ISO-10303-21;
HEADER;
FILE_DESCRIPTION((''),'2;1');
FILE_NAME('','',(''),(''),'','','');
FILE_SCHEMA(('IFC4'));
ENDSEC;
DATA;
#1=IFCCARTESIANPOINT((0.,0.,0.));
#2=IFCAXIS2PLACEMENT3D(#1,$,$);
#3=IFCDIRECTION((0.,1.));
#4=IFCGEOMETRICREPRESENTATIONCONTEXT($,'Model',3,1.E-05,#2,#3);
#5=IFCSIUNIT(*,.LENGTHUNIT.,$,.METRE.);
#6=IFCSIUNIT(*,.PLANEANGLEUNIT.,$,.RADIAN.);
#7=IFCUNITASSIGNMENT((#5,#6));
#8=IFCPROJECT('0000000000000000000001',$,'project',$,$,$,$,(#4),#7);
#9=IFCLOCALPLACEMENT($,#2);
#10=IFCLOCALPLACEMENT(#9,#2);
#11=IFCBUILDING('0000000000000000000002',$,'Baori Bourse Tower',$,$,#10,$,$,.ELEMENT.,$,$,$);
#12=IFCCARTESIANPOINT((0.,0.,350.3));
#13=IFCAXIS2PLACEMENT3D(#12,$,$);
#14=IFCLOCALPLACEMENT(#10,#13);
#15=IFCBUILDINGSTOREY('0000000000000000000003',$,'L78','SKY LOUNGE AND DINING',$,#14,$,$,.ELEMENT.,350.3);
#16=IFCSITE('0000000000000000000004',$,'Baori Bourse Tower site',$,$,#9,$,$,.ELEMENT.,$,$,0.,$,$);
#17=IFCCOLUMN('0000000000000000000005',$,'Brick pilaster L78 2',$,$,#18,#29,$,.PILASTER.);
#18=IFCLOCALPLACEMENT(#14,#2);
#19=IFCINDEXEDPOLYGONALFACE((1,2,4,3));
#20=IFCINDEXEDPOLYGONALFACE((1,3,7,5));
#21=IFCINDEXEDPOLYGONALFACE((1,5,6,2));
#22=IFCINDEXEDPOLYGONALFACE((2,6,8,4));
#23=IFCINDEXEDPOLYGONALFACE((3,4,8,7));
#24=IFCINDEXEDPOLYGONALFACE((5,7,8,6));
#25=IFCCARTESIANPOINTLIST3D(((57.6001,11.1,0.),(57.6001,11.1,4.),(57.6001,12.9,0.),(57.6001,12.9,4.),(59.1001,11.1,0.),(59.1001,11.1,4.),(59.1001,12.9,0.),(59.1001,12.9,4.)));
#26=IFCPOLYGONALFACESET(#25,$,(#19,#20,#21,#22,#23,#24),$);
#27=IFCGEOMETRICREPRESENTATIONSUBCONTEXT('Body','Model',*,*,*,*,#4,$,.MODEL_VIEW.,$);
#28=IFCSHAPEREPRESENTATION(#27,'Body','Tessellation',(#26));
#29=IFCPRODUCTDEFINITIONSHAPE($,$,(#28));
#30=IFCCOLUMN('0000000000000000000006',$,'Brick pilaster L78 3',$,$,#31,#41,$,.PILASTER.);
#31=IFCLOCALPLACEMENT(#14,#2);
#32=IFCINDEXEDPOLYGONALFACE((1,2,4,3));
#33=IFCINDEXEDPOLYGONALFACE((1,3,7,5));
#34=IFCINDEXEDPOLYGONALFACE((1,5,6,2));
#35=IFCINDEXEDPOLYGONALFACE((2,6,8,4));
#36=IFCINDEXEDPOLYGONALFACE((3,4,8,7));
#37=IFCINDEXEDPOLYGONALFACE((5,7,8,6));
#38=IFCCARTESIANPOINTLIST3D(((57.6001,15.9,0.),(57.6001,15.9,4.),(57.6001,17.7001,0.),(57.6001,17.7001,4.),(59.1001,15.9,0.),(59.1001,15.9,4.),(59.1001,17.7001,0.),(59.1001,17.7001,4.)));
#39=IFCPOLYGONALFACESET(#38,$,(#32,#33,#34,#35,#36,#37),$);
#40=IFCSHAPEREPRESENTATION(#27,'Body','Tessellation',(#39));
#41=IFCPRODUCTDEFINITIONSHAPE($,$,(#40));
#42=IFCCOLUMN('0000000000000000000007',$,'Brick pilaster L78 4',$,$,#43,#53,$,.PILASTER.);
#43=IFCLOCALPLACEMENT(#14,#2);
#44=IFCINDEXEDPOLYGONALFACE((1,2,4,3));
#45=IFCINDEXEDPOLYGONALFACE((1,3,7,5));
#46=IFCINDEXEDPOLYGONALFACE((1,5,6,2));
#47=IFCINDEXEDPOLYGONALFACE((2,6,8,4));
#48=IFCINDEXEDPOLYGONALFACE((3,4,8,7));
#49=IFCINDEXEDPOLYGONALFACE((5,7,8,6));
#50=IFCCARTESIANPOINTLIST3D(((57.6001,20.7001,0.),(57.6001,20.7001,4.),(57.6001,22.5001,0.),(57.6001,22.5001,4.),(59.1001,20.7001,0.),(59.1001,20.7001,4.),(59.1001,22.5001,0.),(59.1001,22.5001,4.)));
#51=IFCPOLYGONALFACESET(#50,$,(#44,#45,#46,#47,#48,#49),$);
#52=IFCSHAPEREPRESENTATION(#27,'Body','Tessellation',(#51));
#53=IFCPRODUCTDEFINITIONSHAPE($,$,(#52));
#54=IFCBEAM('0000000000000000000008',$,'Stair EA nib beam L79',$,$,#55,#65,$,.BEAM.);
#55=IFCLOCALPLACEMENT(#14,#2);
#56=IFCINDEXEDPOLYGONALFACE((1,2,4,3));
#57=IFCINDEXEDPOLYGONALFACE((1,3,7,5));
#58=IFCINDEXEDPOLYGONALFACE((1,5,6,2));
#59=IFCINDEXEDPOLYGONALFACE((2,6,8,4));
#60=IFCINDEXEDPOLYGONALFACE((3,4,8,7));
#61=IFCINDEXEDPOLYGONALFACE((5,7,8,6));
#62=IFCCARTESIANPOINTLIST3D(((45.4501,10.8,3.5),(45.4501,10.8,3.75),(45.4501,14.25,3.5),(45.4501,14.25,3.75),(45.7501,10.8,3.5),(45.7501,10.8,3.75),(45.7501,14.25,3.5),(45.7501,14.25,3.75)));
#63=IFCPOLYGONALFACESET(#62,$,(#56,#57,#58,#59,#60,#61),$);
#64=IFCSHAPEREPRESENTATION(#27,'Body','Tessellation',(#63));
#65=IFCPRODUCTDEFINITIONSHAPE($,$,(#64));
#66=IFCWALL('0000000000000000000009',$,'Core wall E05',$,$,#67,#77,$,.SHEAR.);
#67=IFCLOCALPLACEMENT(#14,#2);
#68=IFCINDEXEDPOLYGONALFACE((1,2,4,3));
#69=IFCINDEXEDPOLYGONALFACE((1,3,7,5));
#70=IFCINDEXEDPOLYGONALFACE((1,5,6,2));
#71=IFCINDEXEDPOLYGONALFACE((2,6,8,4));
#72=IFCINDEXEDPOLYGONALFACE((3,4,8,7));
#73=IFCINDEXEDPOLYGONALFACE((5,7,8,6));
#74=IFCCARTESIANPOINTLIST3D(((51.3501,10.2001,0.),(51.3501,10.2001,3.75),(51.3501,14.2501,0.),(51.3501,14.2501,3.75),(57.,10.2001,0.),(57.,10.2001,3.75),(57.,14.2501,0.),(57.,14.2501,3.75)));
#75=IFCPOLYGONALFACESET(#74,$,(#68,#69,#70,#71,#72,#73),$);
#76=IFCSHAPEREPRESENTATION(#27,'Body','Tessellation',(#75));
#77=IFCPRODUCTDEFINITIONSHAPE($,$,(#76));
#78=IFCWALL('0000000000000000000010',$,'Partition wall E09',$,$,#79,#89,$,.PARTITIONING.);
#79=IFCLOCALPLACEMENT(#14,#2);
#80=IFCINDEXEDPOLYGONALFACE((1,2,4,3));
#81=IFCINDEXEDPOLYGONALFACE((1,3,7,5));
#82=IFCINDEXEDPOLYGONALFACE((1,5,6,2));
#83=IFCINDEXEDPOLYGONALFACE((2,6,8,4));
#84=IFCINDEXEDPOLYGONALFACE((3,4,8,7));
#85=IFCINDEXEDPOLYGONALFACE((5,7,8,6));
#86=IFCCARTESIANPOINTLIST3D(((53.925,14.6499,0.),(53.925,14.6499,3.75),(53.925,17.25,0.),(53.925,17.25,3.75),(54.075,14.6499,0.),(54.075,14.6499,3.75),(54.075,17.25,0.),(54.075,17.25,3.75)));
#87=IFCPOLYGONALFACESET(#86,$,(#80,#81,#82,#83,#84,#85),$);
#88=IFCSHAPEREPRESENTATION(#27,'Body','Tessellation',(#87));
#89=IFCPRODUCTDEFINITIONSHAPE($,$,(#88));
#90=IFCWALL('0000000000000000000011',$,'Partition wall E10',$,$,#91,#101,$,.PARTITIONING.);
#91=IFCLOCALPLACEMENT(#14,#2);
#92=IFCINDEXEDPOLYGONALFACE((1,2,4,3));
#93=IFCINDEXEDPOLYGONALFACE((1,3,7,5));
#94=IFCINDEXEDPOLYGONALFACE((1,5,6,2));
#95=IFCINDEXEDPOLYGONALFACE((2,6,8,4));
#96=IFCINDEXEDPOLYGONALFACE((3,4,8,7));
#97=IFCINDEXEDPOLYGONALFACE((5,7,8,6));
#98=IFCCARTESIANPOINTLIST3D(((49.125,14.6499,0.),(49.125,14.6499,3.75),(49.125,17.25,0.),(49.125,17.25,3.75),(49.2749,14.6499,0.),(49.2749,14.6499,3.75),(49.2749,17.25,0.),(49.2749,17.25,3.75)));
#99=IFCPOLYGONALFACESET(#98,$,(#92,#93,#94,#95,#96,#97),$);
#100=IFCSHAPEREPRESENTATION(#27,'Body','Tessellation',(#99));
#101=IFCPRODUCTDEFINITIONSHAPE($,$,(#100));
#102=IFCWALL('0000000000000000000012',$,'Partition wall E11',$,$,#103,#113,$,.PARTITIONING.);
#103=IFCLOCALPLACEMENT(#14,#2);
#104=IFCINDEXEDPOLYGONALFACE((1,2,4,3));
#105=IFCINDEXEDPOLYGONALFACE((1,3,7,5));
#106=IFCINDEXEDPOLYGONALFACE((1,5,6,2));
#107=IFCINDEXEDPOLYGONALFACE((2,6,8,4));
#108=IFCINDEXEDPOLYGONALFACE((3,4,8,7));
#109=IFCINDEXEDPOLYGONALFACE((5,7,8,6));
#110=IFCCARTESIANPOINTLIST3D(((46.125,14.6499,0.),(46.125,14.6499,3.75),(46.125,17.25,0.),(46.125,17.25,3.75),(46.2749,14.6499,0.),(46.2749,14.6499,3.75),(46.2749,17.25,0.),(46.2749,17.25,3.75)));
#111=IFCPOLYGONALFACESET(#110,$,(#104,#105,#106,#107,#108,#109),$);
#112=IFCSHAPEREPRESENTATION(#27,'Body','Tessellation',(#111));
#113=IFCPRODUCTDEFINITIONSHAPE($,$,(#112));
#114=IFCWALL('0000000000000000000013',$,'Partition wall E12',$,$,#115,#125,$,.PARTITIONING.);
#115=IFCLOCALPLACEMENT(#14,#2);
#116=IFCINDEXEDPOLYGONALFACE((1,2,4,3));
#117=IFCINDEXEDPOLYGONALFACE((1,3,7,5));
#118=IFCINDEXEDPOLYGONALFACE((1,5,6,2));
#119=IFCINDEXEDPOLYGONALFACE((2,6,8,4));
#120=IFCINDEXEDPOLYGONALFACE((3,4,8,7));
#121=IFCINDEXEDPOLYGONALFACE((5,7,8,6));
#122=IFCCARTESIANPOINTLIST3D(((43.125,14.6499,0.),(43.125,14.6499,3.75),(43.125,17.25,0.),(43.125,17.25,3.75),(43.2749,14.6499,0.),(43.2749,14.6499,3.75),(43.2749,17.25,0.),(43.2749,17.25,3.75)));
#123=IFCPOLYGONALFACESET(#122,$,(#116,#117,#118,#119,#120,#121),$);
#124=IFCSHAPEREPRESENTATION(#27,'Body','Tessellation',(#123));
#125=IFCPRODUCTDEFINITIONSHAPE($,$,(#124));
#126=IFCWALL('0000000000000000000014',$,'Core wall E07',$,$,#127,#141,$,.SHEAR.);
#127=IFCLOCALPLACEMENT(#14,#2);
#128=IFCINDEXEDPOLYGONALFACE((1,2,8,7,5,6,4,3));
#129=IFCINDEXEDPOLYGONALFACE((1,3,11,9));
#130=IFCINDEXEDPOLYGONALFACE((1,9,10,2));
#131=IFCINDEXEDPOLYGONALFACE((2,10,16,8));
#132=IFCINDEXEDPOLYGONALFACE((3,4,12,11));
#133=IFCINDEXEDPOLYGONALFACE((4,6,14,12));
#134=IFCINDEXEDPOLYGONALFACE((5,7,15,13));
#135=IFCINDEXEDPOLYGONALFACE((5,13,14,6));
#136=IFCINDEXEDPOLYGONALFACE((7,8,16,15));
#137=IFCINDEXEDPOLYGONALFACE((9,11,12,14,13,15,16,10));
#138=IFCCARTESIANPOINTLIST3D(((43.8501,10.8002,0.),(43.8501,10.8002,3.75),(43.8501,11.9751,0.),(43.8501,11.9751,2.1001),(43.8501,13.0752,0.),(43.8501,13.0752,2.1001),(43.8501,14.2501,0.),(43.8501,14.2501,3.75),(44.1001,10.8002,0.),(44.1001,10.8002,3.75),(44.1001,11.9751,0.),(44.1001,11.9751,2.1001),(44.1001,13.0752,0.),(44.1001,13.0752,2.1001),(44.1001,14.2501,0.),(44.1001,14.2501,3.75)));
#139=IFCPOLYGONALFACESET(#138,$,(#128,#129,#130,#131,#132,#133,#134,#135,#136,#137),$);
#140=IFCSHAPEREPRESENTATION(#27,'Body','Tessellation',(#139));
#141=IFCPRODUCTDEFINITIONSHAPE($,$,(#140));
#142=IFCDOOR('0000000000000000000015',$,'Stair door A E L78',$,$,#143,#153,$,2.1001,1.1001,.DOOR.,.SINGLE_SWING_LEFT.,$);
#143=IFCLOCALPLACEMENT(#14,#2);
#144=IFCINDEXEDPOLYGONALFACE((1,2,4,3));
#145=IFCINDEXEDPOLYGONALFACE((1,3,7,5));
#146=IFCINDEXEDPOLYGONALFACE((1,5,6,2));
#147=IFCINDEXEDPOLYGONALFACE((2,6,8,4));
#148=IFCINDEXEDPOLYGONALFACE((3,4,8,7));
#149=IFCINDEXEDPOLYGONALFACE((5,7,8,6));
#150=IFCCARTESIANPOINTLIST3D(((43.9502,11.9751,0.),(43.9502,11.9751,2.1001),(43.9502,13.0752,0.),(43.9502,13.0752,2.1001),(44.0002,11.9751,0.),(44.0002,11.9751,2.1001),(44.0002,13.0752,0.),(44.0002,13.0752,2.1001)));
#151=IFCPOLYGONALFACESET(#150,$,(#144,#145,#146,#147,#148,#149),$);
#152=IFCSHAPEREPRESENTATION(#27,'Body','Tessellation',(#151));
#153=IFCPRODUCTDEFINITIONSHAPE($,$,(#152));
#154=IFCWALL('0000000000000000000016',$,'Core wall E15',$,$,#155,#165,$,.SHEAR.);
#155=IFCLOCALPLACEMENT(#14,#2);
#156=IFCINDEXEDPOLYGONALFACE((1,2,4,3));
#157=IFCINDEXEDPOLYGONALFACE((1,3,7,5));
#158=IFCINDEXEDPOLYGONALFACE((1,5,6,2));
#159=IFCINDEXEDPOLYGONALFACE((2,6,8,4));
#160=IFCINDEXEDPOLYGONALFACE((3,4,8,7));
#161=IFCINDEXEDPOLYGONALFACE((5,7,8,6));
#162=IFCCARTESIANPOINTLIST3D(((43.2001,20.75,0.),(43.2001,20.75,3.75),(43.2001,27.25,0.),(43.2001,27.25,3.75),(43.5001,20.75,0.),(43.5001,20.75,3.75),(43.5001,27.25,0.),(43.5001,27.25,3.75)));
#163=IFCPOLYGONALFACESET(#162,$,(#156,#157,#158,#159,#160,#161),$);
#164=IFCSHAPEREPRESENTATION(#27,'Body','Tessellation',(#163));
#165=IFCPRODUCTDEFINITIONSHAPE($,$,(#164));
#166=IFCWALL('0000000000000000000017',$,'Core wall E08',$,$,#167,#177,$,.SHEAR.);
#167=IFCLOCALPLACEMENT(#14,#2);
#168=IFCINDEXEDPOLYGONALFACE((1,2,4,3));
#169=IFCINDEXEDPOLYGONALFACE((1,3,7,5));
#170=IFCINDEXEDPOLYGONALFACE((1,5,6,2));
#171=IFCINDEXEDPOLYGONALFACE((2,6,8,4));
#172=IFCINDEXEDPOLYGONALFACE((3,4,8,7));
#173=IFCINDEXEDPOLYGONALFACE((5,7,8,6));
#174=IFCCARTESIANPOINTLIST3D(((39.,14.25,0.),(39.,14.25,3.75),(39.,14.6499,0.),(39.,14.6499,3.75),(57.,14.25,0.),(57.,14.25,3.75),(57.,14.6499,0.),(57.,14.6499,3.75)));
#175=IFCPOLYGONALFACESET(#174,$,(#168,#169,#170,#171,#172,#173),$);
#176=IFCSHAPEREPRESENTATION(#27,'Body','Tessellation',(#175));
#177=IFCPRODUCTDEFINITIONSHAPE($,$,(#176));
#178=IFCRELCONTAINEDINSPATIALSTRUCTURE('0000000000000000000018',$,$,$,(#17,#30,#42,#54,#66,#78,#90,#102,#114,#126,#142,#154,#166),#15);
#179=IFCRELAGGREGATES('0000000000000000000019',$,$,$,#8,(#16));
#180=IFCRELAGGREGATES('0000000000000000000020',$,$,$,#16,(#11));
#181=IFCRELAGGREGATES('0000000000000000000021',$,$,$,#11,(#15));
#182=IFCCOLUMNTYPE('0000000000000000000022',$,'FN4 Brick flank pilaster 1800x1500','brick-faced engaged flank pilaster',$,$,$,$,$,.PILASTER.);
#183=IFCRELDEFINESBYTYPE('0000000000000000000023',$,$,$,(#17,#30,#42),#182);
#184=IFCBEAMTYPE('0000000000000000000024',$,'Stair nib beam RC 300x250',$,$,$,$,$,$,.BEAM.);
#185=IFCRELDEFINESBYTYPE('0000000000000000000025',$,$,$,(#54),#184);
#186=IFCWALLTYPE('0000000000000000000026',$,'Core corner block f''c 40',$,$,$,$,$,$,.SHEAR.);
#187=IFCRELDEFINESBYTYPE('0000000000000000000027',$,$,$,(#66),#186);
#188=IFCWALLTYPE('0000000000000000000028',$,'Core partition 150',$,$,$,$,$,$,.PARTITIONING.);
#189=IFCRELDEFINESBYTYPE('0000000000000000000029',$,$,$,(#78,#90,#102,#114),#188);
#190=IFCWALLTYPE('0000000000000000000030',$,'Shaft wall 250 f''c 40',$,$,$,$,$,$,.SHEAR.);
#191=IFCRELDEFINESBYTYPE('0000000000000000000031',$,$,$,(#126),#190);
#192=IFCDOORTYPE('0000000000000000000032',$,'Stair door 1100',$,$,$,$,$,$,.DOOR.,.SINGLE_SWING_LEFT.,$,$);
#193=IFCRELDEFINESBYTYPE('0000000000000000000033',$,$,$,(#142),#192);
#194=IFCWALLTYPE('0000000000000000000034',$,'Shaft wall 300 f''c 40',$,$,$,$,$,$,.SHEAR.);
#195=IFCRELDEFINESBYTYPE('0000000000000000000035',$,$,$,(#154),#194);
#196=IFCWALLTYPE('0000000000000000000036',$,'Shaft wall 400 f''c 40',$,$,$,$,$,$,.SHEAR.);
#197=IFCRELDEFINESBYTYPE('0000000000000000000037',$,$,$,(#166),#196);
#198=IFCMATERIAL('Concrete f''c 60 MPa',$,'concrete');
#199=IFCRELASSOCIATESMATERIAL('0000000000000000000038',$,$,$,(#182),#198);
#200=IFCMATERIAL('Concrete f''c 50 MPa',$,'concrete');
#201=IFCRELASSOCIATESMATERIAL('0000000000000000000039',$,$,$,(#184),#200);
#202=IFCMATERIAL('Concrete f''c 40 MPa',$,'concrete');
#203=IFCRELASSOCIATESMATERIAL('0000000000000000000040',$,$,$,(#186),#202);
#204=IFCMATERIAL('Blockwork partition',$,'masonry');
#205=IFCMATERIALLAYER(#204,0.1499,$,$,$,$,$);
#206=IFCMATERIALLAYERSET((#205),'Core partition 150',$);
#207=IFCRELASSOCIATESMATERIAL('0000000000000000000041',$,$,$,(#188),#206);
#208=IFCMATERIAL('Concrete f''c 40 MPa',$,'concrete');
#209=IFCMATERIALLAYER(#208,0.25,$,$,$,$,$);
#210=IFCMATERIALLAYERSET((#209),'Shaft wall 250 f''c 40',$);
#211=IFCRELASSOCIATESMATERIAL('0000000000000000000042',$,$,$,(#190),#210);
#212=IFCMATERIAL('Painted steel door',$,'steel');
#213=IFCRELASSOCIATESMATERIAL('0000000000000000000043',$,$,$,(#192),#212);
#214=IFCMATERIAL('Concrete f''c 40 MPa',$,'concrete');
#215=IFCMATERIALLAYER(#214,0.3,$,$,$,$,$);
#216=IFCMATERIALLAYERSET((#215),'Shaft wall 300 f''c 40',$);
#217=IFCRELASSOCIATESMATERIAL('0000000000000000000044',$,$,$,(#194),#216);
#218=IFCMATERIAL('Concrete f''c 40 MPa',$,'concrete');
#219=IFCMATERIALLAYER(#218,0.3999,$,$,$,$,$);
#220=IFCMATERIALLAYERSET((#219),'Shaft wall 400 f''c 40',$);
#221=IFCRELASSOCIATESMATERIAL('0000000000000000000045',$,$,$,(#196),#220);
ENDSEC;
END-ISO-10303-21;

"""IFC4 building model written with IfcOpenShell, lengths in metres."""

from ifc_helpers import new_model, si_unit, direction, frame, frame_2d, origin, origin_2d, place, context, subcontext, project, spatial, rectangle, extrude, material, layer, layer_set, material_profile, profile_set, type_object, element, fill, save


model = new_model("IFC4")

# Units and contexts
model_context = context("Model", 3, precision=1e-05, world=origin(), true_north=direction((0.0, 1.0)))
body_context = subcontext(model_context, "Body", "Model", "MODEL_VIEW")
ifc_project = project(units=[si_unit("LENGTHUNIT", "METRE"), si_unit("PLANEANGLEUNIT", "RADIAN")], contexts=[model_context])

# Site, building, storey
site_placement = place(None, origin())
site = spatial("IfcSite", under=ifc_project, at=site_placement, Name="Baori Bourse Tower site", CompositionType="ELEMENT", RefElevation=0.0)
building_placement = place(site_placement, origin())
building = spatial("IfcBuilding", under=site, at=building_placement, Name="Baori Bourse Tower", CompositionType="ELEMENT")
storey_placement = place(building_placement, frame((0.0, 0.0, 350.3)))
storey = spatial("IfcBuildingStorey", under=building, at=storey_placement, Name="L78", Description="SKY LOUNGE AND DINING", CompositionType="ELEMENT", Elevation=350.3)

# Columns
ifc_material_1 = material(Name="Concrete f'c 60 MPa", Category="concrete")
ifc_material_profile_1 = material_profile(ifc_material_1, rectangle(XDim=1.8, YDim=1.5, at=origin_2d()), Name="RC 1800x1500")
ifc_profile_set_1 = profile_set([ifc_material_profile_1], Name="Concrete f'c 60 MPa")
column_type = type_object("IfcColumnType", Name="FN4 Brick flank pilaster 1800x1500", Description="brick-faced engaged flank pilaster", PredefinedType="PILASTER", material=ifc_profile_set_1)
for number, where, z_axis, x_axis, name in (
    (1, (58.3501, 12.0, 0.0), (0.0, 0.0, 1.0), (0.0, 1.0, 0.0), "Brick pilaster L78 2"),
    (2, (58.3501, 16.8, 0.0), (0.0, 0.0, 1.0), (0.0, 1.0, 0.0), "Brick pilaster L78 3"),
    (3, (58.3501, 21.6001, 0.0), (0.0, 0.0, 1.0), (0.0, 1.0, 0.0), "Brick pilaster L78 4"),
):
    element("IfcColumn", number, at=place(storey_placement, frame(where, z_axis=z_axis, x_axis=x_axis)), inside=storey, type_object=column_type, Name=name, PredefinedType="PILASTER", context=body_context, shape_type="SweptSolid", body=[
        extrude(rectangle(XDim=1.8, YDim=1.5, at=origin_2d()), origin(), (0.0, 0.0, 1.0), 4.0),
    ])

# Beam
ifc_material_2 = material(Name="Concrete f'c 50 MPa", Category="concrete")
ifc_material_profile_2 = material_profile(ifc_material_2, rectangle(XDim=0.3, YDim=0.25, at=origin_2d()), Name="RC 300x250")
ifc_profile_set_2 = profile_set([ifc_material_profile_2], Name="Concrete f'c 50 MPa")
beam_type = type_object("IfcBeamType", Name="Stair nib beam RC 300x250", PredefinedType="BEAM", material=ifc_profile_set_2)
beam_placement = place(storey_placement, frame((45.6001, 10.8, 3.625), z_axis=(0.0, 1.0, 0.0), x_axis=(-1.0, 0.0, 0.0)))
element("IfcBeam", 4, at=beam_placement, inside=storey, type_object=beam_type, Name="Stair EA nib beam L79", PredefinedType="BEAM", context=body_context, shape_type="SweptSolid", body=[
    extrude(rectangle(XDim=0.3, YDim=0.25, at=origin_2d()), origin(), (0.0, 0.0, 1.0), 3.45),
])

# Walls
ifc_material_3 = material(Name="Concrete f'c 40 MPa", Category="concrete")
wall_type_1 = type_object("IfcWallType", Name="Core corner block f'c 40", PredefinedType="SHEAR", material=ifc_material_3)
wall_1_placement = place(storey_placement, frame((51.3501, 12.2251, 0.0), z_axis=(0.0, 0.0, 1.0), x_axis=(1.0, 0.0, 0.0)))
element("IfcWall", 5, at=wall_1_placement, inside=storey, type_object=wall_type_1, Name="Core wall E05", PredefinedType="SHEAR", context=body_context, shape_type="SweptSolid", body=[
    extrude(rectangle(XDim=5.6499, YDim=4.05, at=frame_2d((2.825, 0.0))), origin(), (0.0, 0.0, 1.0), 3.75),
])
ifc_material_4 = material(Name="Blockwork partition", Category="masonry")
ifc_layer_1 = layer(ifc_material_4, 0.1499)
ifc_layer_set_1 = layer_set([ifc_layer_1], Name="Core partition 150")
wall_type_2 = type_object("IfcWallType", Name="Core partition 150", PredefinedType="PARTITIONING", material=ifc_layer_set_1)
for number, where, z_axis, x_axis, name in (
    (6, (54.0, 14.6499, 0.0), (0.0, 0.0, 1.0), (0.0, 1.0, 0.0), "Partition wall E09"),
    (7, (49.2, 14.6499, 0.0), (0.0, 0.0, 1.0), (0.0, 1.0, 0.0), "Partition wall E10"),
    (8, (46.2, 14.6499, 0.0), (0.0, 0.0, 1.0), (0.0, 1.0, 0.0), "Partition wall E11"),
    (9, (43.2, 14.6499, 0.0), (0.0, 0.0, 1.0), (0.0, 1.0, 0.0), "Partition wall E12"),
):
    element("IfcWall", number, at=place(storey_placement, frame(where, z_axis=z_axis, x_axis=x_axis)), inside=storey, type_object=wall_type_2, Name=name, PredefinedType="PARTITIONING", context=body_context, shape_type="SweptSolid", body=[
        extrude(rectangle(XDim=2.6001, YDim=0.1499, at=frame_2d((1.3, 0.0))), origin(), (0.0, 0.0, 1.0), 3.75),
    ])

# Wall, opening, door
ifc_material_5 = material(Name="Concrete f'c 40 MPa", Category="concrete")
ifc_layer_2 = layer(ifc_material_5, 0.25)
ifc_layer_set_2 = layer_set([ifc_layer_2], Name="Shaft wall 250 f'c 40")
wall_type_3 = type_object("IfcWallType", Name="Shaft wall 250 f'c 40", PredefinedType="SHEAR", material=ifc_layer_set_2)
wall_2_placement = place(storey_placement, frame((43.9751, 10.8, 0.0), z_axis=(0.0, 0.0, 1.0), x_axis=(0.0, 1.0, 0.0)))
wall_2 = element("IfcWall", 10, at=wall_2_placement, inside=storey, type_object=wall_type_3, Name="Core wall E07", PredefinedType="SHEAR", context=body_context, shape_type="SweptSolid", body=[
    extrude(rectangle(XDim=3.45, YDim=0.25, at=frame_2d((1.7251, 0.0))), origin(), (0.0, 0.0, 1.0), 3.75),
])
opening_1_placement = place(wall_2_placement, frame((1.175, 0.0, 0.0)))
opening_1 = element("IfcOpeningElement", 11, at=opening_1_placement, cuts=wall_2, PredefinedType="OPENING", context=body_context, shape_type="SweptSolid", body=[
    extrude(rectangle(XDim=1.1001, YDim=2.1001, at=frame_2d((0.55, 1.05))), frame((0.0, 0.135, 0.0), z_axis=(0.0, -1.0, 0.0), x_axis=(1.0, 0.0, 0.0)), (0.0, 0.0, 1.0), 0.27),
])
ifc_material_6 = material(Name="Painted steel door", Category="steel")
door_type_1 = type_object("IfcDoorType", Name="Stair door 1100", OperationType="SINGLE_SWING_LEFT", PredefinedType="DOOR", material=ifc_material_6)
door_1_placement = place(opening_1_placement, origin())
door_1 = element("IfcDoor", 12, at=door_1_placement, inside=storey, type_object=door_type_1, Name="Stair door A E L78", OperationType="SINGLE_SWING_LEFT", OverallHeight=2.1001, OverallWidth=1.1001, PredefinedType="DOOR", context=body_context, shape_type="SweptSolid", body=[
    extrude(rectangle(XDim=1.1001, YDim=2.1001, at=frame_2d((0.55, 1.05))), frame((0.0, 0.0249, 0.0), z_axis=(0.0, -1.0, 0.0), x_axis=(1.0, 0.0, 0.0)), (0.0, 0.0, 1.0), 0.05),
])
fill(opening_1, door_1)

# Walls
ifc_material_7 = material(Name="Concrete f'c 40 MPa", Category="concrete")
ifc_layer_3 = layer(ifc_material_7, 0.3)
ifc_layer_set_3 = layer_set([ifc_layer_3], Name="Shaft wall 300 f'c 40")
wall_type_4 = type_object("IfcWallType", Name="Shaft wall 300 f'c 40", PredefinedType="SHEAR", material=ifc_layer_set_3)
wall_3_placement = place(storey_placement, frame((43.3501, 20.75, 0.0), z_axis=(0.0, 0.0, 1.0), x_axis=(0.0, 1.0, 0.0)))
element("IfcWall", 13, at=wall_3_placement, inside=storey, type_object=wall_type_4, Name="Core wall E15", PredefinedType="SHEAR", context=body_context, shape_type="SweptSolid", body=[
    extrude(rectangle(XDim=6.5, YDim=0.3, at=frame_2d((3.25, 0.0))), origin(), (0.0, 0.0, 1.0), 3.75),
])
ifc_material_8 = material(Name="Concrete f'c 40 MPa", Category="concrete")
ifc_layer_4 = layer(ifc_material_8, 0.3999)
ifc_layer_set_4 = layer_set([ifc_layer_4], Name="Shaft wall 400 f'c 40")
wall_type_5 = type_object("IfcWallType", Name="Shaft wall 400 f'c 40", PredefinedType="SHEAR", material=ifc_layer_set_4)
wall_4_placement = place(storey_placement, frame((39.0, 14.45, 0.0), z_axis=(0.0, 0.0, 1.0), x_axis=(1.0, 0.0, 0.0)))
element("IfcWall", 14, at=wall_4_placement, inside=storey, type_object=wall_type_5, Name="Core wall E08", PredefinedType="SHEAR", context=body_context, shape_type="SweptSolid", body=[
    extrude(rectangle(XDim=18.0, YDim=0.3999, at=frame_2d((9.0, 0.0))), origin(), (0.0, 0.0, 1.0), 3.75),
])

save(model, "model.ifc")
